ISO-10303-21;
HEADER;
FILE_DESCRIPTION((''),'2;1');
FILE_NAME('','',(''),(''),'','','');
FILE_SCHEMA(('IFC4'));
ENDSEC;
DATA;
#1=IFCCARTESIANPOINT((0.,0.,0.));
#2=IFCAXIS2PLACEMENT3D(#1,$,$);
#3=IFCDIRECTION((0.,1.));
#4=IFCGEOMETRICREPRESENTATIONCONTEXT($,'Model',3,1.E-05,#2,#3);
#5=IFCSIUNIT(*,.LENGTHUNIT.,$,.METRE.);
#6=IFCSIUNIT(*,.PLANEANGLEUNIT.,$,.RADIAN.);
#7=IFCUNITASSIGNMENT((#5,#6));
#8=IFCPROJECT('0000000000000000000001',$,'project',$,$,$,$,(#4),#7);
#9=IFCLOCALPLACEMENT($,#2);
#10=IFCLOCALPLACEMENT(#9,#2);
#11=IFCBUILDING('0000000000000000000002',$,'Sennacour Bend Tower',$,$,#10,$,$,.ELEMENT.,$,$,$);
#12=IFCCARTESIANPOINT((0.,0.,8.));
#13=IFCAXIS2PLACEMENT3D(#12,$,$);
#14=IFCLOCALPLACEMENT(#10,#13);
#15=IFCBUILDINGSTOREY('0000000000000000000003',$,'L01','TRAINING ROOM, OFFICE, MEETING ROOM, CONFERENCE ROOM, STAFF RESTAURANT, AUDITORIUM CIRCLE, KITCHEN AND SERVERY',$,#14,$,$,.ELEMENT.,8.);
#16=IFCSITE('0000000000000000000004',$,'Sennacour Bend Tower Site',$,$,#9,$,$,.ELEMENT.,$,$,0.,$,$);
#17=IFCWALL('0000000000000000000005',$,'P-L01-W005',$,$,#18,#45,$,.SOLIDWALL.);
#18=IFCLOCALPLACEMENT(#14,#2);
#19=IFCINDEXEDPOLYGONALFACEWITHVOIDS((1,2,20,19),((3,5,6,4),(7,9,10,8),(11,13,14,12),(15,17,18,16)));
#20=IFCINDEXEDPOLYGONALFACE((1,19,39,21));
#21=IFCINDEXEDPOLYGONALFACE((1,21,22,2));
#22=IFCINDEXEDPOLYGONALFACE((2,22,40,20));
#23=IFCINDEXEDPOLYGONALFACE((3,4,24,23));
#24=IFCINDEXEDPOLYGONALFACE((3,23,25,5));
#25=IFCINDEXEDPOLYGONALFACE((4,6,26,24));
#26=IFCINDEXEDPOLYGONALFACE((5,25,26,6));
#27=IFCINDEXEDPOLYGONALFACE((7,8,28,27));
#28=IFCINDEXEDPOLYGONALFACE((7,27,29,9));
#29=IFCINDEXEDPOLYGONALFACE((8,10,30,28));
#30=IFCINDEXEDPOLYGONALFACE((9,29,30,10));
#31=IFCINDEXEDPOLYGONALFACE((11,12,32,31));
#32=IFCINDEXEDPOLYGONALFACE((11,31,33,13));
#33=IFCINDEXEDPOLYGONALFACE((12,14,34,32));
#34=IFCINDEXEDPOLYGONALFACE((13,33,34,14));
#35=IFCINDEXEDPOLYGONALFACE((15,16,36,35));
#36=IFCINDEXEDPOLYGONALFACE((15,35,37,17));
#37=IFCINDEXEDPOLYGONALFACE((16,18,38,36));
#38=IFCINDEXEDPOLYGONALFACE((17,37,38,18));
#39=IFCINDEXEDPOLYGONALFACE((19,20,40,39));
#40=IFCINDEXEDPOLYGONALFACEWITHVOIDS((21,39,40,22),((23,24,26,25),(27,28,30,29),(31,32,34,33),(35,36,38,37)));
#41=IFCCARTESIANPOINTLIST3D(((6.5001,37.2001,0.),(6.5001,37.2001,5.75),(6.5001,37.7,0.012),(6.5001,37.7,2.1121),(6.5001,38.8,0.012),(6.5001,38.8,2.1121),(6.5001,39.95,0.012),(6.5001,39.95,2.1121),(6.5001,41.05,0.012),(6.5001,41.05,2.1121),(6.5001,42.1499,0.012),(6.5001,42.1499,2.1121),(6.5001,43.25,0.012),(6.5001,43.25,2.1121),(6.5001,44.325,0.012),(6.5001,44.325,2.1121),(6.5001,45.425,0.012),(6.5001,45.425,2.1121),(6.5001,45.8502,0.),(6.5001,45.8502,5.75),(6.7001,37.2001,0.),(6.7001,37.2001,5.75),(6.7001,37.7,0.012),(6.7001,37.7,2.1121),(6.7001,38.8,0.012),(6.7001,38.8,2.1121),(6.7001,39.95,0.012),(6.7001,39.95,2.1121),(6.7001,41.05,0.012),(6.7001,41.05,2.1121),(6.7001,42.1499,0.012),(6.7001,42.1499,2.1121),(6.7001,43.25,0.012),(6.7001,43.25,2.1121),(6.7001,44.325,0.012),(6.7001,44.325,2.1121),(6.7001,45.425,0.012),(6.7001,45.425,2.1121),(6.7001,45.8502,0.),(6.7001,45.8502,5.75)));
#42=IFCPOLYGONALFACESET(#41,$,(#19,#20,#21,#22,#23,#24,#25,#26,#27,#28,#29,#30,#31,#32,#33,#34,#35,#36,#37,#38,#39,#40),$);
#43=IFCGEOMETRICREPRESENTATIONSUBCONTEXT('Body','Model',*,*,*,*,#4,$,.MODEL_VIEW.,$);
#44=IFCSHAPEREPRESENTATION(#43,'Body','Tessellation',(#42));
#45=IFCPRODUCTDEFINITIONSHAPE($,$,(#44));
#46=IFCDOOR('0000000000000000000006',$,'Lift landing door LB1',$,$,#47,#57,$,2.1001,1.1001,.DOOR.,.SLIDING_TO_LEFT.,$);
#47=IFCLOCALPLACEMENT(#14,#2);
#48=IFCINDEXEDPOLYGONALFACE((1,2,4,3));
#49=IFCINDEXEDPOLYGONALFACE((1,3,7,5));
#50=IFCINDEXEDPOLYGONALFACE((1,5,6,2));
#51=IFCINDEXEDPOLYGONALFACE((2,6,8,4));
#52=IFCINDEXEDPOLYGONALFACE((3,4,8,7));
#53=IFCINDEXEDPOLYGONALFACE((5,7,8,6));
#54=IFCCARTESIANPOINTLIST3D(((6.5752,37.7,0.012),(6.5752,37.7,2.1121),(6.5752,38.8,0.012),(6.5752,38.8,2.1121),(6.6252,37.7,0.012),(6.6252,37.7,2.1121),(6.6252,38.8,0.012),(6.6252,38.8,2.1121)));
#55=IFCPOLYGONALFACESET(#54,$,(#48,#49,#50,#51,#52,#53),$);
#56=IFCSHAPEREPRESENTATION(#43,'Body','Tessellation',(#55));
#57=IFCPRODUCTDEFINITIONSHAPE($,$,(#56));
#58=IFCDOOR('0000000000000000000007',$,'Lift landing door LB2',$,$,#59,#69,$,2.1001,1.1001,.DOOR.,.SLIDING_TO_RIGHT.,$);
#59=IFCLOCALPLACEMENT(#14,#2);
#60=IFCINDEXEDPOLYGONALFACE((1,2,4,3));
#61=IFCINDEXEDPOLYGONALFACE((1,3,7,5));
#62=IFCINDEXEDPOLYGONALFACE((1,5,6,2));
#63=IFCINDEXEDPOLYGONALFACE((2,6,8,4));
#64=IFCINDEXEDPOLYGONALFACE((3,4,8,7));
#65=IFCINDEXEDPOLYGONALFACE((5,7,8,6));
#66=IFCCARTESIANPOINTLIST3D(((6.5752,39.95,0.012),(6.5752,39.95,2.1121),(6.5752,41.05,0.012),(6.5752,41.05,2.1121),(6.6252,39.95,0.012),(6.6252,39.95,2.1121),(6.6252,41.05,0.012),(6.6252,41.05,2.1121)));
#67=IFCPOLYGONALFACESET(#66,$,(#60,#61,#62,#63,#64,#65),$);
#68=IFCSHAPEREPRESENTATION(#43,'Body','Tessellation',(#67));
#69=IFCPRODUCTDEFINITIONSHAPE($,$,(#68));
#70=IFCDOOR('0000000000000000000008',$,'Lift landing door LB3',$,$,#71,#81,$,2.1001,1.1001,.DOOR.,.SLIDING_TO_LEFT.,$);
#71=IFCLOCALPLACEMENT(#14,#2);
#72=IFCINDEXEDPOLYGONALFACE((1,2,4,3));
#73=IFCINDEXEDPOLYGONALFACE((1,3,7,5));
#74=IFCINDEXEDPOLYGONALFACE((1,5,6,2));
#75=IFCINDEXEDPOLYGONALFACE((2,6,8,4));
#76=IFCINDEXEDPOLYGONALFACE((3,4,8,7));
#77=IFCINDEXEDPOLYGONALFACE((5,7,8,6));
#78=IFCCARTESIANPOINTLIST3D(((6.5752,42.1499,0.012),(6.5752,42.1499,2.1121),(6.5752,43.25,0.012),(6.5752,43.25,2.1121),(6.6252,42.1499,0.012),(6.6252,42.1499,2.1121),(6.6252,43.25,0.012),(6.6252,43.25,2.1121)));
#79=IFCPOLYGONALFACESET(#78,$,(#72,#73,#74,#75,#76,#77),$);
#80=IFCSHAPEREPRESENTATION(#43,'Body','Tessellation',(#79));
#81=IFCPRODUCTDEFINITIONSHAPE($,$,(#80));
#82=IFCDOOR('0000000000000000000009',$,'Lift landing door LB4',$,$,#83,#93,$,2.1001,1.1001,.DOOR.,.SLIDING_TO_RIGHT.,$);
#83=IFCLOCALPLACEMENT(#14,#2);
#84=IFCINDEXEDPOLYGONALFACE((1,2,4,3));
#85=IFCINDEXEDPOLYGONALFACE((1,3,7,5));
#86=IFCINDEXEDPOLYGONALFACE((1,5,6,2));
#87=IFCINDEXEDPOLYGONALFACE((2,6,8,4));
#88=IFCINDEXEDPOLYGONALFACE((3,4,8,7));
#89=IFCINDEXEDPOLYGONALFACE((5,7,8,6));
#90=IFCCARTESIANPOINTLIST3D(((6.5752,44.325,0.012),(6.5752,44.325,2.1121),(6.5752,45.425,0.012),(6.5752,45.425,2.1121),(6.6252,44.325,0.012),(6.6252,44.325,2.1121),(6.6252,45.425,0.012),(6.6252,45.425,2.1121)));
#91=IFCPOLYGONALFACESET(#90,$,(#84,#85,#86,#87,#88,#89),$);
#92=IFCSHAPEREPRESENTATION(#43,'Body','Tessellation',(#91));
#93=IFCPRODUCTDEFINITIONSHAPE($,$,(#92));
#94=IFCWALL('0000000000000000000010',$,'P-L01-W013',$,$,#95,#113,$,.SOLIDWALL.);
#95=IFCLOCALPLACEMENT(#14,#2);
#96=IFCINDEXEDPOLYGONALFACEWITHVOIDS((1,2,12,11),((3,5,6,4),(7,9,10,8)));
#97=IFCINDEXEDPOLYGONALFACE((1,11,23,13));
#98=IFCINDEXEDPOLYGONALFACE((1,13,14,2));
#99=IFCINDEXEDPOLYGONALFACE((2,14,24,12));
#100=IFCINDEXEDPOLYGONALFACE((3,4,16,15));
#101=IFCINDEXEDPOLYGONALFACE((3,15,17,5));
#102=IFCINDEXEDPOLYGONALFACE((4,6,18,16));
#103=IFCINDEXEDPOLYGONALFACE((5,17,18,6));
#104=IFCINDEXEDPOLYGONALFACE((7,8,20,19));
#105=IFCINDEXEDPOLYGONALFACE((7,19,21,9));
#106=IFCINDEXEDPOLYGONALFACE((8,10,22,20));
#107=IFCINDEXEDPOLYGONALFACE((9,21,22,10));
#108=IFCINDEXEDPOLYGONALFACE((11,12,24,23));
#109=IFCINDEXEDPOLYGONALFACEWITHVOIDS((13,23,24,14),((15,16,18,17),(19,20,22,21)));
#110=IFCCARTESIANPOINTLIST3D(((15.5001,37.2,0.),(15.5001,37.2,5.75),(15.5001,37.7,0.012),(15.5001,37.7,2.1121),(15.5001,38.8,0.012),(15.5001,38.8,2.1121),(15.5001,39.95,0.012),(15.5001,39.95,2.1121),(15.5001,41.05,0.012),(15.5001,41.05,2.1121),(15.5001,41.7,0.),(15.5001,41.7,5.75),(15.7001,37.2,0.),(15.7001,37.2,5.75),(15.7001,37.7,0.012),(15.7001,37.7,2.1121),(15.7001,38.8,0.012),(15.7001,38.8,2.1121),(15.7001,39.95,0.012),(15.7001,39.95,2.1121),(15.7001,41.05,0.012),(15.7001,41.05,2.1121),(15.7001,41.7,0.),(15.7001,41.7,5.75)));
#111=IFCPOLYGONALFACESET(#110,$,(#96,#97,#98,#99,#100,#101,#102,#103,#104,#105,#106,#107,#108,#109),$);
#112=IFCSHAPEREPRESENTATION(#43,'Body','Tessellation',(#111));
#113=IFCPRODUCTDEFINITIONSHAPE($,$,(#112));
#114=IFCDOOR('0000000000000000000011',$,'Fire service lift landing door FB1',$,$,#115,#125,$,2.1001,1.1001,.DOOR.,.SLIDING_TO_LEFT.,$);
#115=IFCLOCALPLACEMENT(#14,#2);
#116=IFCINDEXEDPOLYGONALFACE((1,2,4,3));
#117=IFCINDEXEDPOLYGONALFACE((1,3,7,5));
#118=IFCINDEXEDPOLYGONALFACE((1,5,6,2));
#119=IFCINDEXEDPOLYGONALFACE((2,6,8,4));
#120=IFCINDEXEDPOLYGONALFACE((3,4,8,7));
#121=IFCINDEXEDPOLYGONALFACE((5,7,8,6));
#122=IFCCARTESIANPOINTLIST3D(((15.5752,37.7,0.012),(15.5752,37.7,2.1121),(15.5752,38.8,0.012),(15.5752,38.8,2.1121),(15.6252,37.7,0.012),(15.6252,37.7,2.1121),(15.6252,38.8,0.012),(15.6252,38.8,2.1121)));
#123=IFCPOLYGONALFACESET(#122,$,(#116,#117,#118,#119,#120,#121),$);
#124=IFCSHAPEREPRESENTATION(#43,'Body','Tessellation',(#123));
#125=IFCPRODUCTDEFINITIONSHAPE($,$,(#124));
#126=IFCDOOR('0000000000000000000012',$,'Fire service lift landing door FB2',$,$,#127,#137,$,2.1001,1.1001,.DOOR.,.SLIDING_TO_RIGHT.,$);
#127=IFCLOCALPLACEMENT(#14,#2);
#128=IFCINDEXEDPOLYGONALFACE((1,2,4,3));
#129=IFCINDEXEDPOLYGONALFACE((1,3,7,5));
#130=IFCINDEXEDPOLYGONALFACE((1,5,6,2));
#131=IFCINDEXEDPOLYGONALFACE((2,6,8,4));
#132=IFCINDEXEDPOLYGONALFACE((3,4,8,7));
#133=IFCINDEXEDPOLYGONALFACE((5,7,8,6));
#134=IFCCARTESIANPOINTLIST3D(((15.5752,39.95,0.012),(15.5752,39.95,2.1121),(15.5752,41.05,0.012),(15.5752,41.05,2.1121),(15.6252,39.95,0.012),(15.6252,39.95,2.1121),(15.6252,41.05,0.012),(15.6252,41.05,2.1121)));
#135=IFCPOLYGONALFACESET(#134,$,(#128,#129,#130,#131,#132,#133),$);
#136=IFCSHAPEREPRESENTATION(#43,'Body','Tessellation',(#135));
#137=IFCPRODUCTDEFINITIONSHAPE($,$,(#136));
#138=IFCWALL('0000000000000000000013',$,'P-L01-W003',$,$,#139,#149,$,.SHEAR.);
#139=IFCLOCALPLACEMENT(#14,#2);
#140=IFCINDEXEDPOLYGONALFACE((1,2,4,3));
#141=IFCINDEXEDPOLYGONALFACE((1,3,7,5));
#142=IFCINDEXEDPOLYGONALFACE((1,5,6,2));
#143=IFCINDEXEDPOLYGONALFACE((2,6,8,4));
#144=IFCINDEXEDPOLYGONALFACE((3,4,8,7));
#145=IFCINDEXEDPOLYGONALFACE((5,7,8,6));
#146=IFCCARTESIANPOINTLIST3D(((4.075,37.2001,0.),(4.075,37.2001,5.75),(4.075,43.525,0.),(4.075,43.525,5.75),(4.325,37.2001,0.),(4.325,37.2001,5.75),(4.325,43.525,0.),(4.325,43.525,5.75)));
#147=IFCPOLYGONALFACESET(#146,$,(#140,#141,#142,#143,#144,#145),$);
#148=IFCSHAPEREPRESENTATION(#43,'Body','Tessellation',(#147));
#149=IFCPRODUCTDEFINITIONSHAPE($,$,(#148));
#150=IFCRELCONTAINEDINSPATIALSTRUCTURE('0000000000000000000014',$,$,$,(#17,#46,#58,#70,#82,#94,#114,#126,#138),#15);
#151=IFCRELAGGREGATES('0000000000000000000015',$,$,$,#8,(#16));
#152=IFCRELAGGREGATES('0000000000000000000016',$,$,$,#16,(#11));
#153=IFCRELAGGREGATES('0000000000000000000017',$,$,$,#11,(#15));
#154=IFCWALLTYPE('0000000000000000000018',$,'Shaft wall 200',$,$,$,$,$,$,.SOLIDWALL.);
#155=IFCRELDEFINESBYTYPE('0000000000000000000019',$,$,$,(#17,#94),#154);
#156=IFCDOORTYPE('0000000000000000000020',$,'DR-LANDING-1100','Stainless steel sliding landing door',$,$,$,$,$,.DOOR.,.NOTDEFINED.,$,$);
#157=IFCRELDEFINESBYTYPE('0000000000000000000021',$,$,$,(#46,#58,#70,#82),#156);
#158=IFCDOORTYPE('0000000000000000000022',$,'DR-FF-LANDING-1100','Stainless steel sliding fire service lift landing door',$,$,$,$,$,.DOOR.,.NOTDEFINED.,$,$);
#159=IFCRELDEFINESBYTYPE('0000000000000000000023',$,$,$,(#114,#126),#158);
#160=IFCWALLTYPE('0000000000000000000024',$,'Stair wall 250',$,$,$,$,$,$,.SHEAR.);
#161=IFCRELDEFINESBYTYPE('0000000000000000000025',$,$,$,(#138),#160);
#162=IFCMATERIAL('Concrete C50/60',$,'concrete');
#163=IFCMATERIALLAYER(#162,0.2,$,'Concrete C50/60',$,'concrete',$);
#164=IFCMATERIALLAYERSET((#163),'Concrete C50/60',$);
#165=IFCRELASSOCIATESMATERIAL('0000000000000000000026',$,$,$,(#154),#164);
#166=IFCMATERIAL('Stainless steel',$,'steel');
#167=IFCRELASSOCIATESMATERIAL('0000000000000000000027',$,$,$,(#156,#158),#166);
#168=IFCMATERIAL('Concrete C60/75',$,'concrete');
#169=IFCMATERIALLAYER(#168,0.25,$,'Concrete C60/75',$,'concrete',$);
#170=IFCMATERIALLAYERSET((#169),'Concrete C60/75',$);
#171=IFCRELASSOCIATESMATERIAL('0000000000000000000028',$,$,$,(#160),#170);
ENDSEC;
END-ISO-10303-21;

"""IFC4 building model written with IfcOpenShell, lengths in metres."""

from ifc_helpers import new_model, si_unit, direction, frame, frame_2d, origin, place, context, subcontext, project, spatial, rectangle, extrude, material, layer, layer_set, type_object, element, fill, save


model = new_model("IFC4")

# Units and contexts
model_context = context("Model", 3, precision=1e-05, world=origin(), true_north=direction((0.0, 1.0)))
body_context = subcontext(model_context, "Body", "Model", "MODEL_VIEW")
ifc_project = project(units=[si_unit("LENGTHUNIT", "METRE"), si_unit("PLANEANGLEUNIT", "RADIAN")], contexts=[model_context])

# Site, building, storey
site_placement = place(None, origin())
site = spatial("IfcSite", under=ifc_project, at=site_placement, Name="Sennacour Bend Tower Site", CompositionType="ELEMENT", RefElevation=0.0)
building_placement = place(site_placement, origin())
building = spatial("IfcBuilding", under=site, at=building_placement, Name="Sennacour Bend Tower", CompositionType="ELEMENT")
storey_placement = place(building_placement, frame((0.0, 0.0, 8.0)))
storey = spatial("IfcBuildingStorey", under=building, at=storey_placement, Name="L01", Description="TRAINING ROOM, OFFICE, MEETING ROOM, CONFERENCE ROOM, STAFF RESTAURANT, AUDITORIUM CIRCLE, KITCHEN AND SERVERY", CompositionType="ELEMENT", Elevation=8.0)

# Walls, openings, doors
ifc_material_1 = material(Name="Concrete C50/60", Category="concrete")
ifc_layer_1 = layer(ifc_material_1, 0.2, Name="Concrete C50/60", Category="concrete")
ifc_layer_set_1 = layer_set([ifc_layer_1], Name="Concrete C50/60")
wall_type_1 = type_object("IfcWallType", Name="Shaft wall 200", PredefinedType="SOLIDWALL", material=ifc_layer_set_1)
wall_1_placement = place(storey_placement, frame((6.6001, 37.2, 0.0), z_axis=(0.0, 0.0, 1.0), x_axis=(0.0, 1.0, 0.0)))
wall_1 = element("IfcWall", 1, at=wall_1_placement, inside=storey, type_object=wall_type_1, Name="P-L01-W005", PredefinedType="SOLIDWALL", context=body_context, shape_type="SweptSolid", body=[
    extrude(rectangle(XDim=8.6501, YDim=0.2, at=frame_2d((4.3252, 0.0))), origin(), (0.0, 0.0, 1.0), 5.75),
])
opening_1_placement = place(wall_1_placement, frame((0.5, 0.0, 0.012)))
opening_1 = element("IfcOpeningElement", 2, at=opening_1_placement, cuts=wall_1, PredefinedType="OPENING", context=body_context, shape_type="SweptSolid", body=[
    extrude(rectangle(XDim=1.1001, YDim=2.1001, at=frame_2d((0.55, 1.05))), frame((0.0, 0.1099, 0.0), z_axis=(0.0, -1.0, 0.0), x_axis=(1.0, 0.0, 0.0)), (0.0, 0.0, 1.0), 0.22),
])
opening_2_placement = place(wall_1_placement, frame((2.75, 0.0, 0.012)))
opening_2 = element("IfcOpeningElement", 3, at=opening_2_placement, cuts=wall_1, PredefinedType="OPENING", context=body_context, shape_type="SweptSolid", body=[
    extrude(rectangle(XDim=1.1001, YDim=2.1001, at=frame_2d((0.55, 1.05))), frame((0.0, 0.1099, 0.0), z_axis=(0.0, -1.0, 0.0), x_axis=(1.0, 0.0, 0.0)), (0.0, 0.0, 1.0), 0.22),
])
opening_3_placement = place(wall_1_placement, frame((4.95, 0.0, 0.012)))
opening_3 = element("IfcOpeningElement", 4, at=opening_3_placement, cuts=wall_1, PredefinedType="OPENING", context=body_context, shape_type="SweptSolid", body=[
    extrude(rectangle(XDim=1.1001, YDim=2.1001, at=frame_2d((0.55, 1.05))), frame((0.0, 0.1099, 0.0), z_axis=(0.0, -1.0, 0.0), x_axis=(1.0, 0.0, 0.0)), (0.0, 0.0, 1.0), 0.22),
])
opening_4_placement = place(wall_1_placement, frame((7.125, 0.0, 0.012)))
opening_4 = element("IfcOpeningElement", 5, at=opening_4_placement, cuts=wall_1, PredefinedType="OPENING", context=body_context, shape_type="SweptSolid", body=[
    extrude(rectangle(XDim=1.1001, YDim=2.1001, at=frame_2d((0.55, 1.05))), frame((0.0, 0.1099, 0.0), z_axis=(0.0, -1.0, 0.0), x_axis=(1.0, 0.0, 0.0)), (0.0, 0.0, 1.0), 0.22),
])
ifc_material_2 = material(Name="Stainless steel", Category="steel")
door_type_1 = type_object("IfcDoorType", Name="DR-LANDING-1100", Description="Stainless steel sliding landing door", OperationType="NOTDEFINED", PredefinedType="DOOR", material=ifc_material_2)
door_1_placement = place(opening_1_placement, origin())
door_1 = element("IfcDoor", 6, at=door_1_placement, inside=storey, type_object=door_type_1, Name="Lift landing door LB1", OperationType="SLIDING_TO_LEFT", OverallHeight=2.1001, OverallWidth=1.1001, PredefinedType="DOOR", context=body_context, shape_type="SweptSolid", body=[
    extrude(rectangle(XDim=1.1001, YDim=2.1001, at=frame_2d((0.55, 1.05))), frame((0.0, 0.0249, 0.0), z_axis=(0.0, -1.0, 0.0), x_axis=(1.0, 0.0, 0.0)), (0.0, 0.0, 1.0), 0.05),
])
fill(opening_1, door_1)
door_2_placement = place(opening_2_placement, origin())
door_2 = element("IfcDoor", 7, at=door_2_placement, inside=storey, type_object=door_type_1, Name="Lift landing door LB2", OperationType="SLIDING_TO_RIGHT", OverallHeight=2.1001, OverallWidth=1.1001, PredefinedType="DOOR", context=body_context, shape_type="SweptSolid", body=[
    extrude(rectangle(XDim=1.1001, YDim=2.1001, at=frame_2d((0.55, 1.05))), frame((0.0, 0.0249, 0.0), z_axis=(0.0, -1.0, 0.0), x_axis=(1.0, 0.0, 0.0)), (0.0, 0.0, 1.0), 0.05),
])
fill(opening_2, door_2)
door_3_placement = place(opening_3_placement, origin())
door_3 = element("IfcDoor", 8, at=door_3_placement, inside=storey, type_object=door_type_1, Name="Lift landing door LB3", OperationType="SLIDING_TO_LEFT", OverallHeight=2.1001, OverallWidth=1.1001, PredefinedType="DOOR", context=body_context, shape_type="SweptSolid", body=[
    extrude(rectangle(XDim=1.1001, YDim=2.1001, at=frame_2d((0.55, 1.05))), frame((0.0, 0.0249, 0.0), z_axis=(0.0, -1.0, 0.0), x_axis=(1.0, 0.0, 0.0)), (0.0, 0.0, 1.0), 0.05),
])
fill(opening_3, door_3)
door_4_placement = place(opening_4_placement, origin())
door_4 = element("IfcDoor", 9, at=door_4_placement, inside=storey, type_object=door_type_1, Name="Lift landing door LB4", OperationType="SLIDING_TO_RIGHT", OverallHeight=2.1001, OverallWidth=1.1001, PredefinedType="DOOR", context=body_context, shape_type="SweptSolid", body=[
    extrude(rectangle(XDim=1.1001, YDim=2.1001, at=frame_2d((0.55, 1.05))), frame((0.0, 0.0249, 0.0), z_axis=(0.0, -1.0, 0.0), x_axis=(1.0, 0.0, 0.0)), (0.0, 0.0, 1.0), 0.05),
])
fill(opening_4, door_4)
wall_2_placement = place(storey_placement, frame((15.6001, 37.2, 0.0), z_axis=(0.0, 0.0, 1.0), x_axis=(0.0, 1.0, 0.0)))
wall_2 = element("IfcWall", 10, at=wall_2_placement, inside=storey, type_object=wall_type_1, Name="P-L01-W013", PredefinedType="SOLIDWALL", context=body_context, shape_type="SweptSolid", body=[
    extrude(rectangle(XDim=4.5, YDim=0.2, at=frame_2d((2.25, 0.0))), origin(), (0.0, 0.0, 1.0), 5.75),
])
opening_5_placement = place(wall_2_placement, frame((0.5, 0.0, 0.012)))
opening_5 = element("IfcOpeningElement", 11, at=opening_5_placement, cuts=wall_2, PredefinedType="OPENING", context=body_context, shape_type="SweptSolid", body=[
    extrude(rectangle(XDim=1.1001, YDim=2.1001, at=frame_2d((0.55, 1.05))), frame((0.0, 0.1099, 0.0), z_axis=(0.0, -1.0, 0.0), x_axis=(1.0, 0.0, 0.0)), (0.0, 0.0, 1.0), 0.22),
])
opening_6_placement = place(wall_2_placement, frame((2.75, 0.0, 0.012)))
opening_6 = element("IfcOpeningElement", 12, at=opening_6_placement, cuts=wall_2, PredefinedType="OPENING", context=body_context, shape_type="SweptSolid", body=[
    extrude(rectangle(XDim=1.1001, YDim=2.1001, at=frame_2d((0.55, 1.05))), frame((0.0, 0.1099, 0.0), z_axis=(0.0, -1.0, 0.0), x_axis=(1.0, 0.0, 0.0)), (0.0, 0.0, 1.0), 0.22),
])
door_type_2 = type_object("IfcDoorType", Name="DR-FF-LANDING-1100", Description="Stainless steel sliding fire service lift landing door", OperationType="NOTDEFINED", PredefinedType="DOOR", material=ifc_material_2)
door_5_placement = place(opening_5_placement, origin())
door_5 = element("IfcDoor", 13, at=door_5_placement, inside=storey, type_object=door_type_2, Name="Fire service lift landing door FB1", OperationType="SLIDING_TO_LEFT", OverallHeight=2.1001, OverallWidth=1.1001, PredefinedType="DOOR", context=body_context, shape_type="SweptSolid", body=[
    extrude(rectangle(XDim=1.1001, YDim=2.1001, at=frame_2d((0.55, 1.05))), frame((0.0, 0.0249, 0.0), z_axis=(0.0, -1.0, 0.0), x_axis=(1.0, 0.0, 0.0)), (0.0, 0.0, 1.0), 0.05),
])
fill(opening_5, door_5)
door_6_placement = place(opening_6_placement, origin())
door_6 = element("IfcDoor", 14, at=door_6_placement, inside=storey, type_object=door_type_2, Name="Fire service lift landing door FB2", OperationType="SLIDING_TO_RIGHT", OverallHeight=2.1001, OverallWidth=1.1001, PredefinedType="DOOR", context=body_context, shape_type="SweptSolid", body=[
    extrude(rectangle(XDim=1.1001, YDim=2.1001, at=frame_2d((0.55, 1.05))), frame((0.0, 0.0249, 0.0), z_axis=(0.0, -1.0, 0.0), x_axis=(1.0, 0.0, 0.0)), (0.0, 0.0, 1.0), 0.05),
])
fill(opening_6, door_6)

# Wall
ifc_material_3 = material(Name="Concrete C60/75", Category="concrete")
ifc_layer_2 = layer(ifc_material_3, 0.25, Name="Concrete C60/75", Category="concrete")
ifc_layer_set_2 = layer_set([ifc_layer_2], Name="Concrete C60/75")
wall_type_2 = type_object("IfcWallType", Name="Stair wall 250", PredefinedType="SHEAR", material=ifc_layer_set_2)
wall_3_placement = place(storey_placement, frame((4.2, 37.2, 0.0), z_axis=(0.0, 0.0, 1.0), x_axis=(0.0, 1.0, 0.0)))
element("IfcWall", 15, at=wall_3_placement, inside=storey, type_object=wall_type_2, Name="P-L01-W003", PredefinedType="SHEAR", context=body_context, shape_type="SweptSolid", body=[
    extrude(rectangle(XDim=6.325, YDim=0.25, at=frame_2d((3.1626, 0.0))), origin(), (0.0, 0.0, 1.0), 5.75),
])

save(model, "model.ifc")
